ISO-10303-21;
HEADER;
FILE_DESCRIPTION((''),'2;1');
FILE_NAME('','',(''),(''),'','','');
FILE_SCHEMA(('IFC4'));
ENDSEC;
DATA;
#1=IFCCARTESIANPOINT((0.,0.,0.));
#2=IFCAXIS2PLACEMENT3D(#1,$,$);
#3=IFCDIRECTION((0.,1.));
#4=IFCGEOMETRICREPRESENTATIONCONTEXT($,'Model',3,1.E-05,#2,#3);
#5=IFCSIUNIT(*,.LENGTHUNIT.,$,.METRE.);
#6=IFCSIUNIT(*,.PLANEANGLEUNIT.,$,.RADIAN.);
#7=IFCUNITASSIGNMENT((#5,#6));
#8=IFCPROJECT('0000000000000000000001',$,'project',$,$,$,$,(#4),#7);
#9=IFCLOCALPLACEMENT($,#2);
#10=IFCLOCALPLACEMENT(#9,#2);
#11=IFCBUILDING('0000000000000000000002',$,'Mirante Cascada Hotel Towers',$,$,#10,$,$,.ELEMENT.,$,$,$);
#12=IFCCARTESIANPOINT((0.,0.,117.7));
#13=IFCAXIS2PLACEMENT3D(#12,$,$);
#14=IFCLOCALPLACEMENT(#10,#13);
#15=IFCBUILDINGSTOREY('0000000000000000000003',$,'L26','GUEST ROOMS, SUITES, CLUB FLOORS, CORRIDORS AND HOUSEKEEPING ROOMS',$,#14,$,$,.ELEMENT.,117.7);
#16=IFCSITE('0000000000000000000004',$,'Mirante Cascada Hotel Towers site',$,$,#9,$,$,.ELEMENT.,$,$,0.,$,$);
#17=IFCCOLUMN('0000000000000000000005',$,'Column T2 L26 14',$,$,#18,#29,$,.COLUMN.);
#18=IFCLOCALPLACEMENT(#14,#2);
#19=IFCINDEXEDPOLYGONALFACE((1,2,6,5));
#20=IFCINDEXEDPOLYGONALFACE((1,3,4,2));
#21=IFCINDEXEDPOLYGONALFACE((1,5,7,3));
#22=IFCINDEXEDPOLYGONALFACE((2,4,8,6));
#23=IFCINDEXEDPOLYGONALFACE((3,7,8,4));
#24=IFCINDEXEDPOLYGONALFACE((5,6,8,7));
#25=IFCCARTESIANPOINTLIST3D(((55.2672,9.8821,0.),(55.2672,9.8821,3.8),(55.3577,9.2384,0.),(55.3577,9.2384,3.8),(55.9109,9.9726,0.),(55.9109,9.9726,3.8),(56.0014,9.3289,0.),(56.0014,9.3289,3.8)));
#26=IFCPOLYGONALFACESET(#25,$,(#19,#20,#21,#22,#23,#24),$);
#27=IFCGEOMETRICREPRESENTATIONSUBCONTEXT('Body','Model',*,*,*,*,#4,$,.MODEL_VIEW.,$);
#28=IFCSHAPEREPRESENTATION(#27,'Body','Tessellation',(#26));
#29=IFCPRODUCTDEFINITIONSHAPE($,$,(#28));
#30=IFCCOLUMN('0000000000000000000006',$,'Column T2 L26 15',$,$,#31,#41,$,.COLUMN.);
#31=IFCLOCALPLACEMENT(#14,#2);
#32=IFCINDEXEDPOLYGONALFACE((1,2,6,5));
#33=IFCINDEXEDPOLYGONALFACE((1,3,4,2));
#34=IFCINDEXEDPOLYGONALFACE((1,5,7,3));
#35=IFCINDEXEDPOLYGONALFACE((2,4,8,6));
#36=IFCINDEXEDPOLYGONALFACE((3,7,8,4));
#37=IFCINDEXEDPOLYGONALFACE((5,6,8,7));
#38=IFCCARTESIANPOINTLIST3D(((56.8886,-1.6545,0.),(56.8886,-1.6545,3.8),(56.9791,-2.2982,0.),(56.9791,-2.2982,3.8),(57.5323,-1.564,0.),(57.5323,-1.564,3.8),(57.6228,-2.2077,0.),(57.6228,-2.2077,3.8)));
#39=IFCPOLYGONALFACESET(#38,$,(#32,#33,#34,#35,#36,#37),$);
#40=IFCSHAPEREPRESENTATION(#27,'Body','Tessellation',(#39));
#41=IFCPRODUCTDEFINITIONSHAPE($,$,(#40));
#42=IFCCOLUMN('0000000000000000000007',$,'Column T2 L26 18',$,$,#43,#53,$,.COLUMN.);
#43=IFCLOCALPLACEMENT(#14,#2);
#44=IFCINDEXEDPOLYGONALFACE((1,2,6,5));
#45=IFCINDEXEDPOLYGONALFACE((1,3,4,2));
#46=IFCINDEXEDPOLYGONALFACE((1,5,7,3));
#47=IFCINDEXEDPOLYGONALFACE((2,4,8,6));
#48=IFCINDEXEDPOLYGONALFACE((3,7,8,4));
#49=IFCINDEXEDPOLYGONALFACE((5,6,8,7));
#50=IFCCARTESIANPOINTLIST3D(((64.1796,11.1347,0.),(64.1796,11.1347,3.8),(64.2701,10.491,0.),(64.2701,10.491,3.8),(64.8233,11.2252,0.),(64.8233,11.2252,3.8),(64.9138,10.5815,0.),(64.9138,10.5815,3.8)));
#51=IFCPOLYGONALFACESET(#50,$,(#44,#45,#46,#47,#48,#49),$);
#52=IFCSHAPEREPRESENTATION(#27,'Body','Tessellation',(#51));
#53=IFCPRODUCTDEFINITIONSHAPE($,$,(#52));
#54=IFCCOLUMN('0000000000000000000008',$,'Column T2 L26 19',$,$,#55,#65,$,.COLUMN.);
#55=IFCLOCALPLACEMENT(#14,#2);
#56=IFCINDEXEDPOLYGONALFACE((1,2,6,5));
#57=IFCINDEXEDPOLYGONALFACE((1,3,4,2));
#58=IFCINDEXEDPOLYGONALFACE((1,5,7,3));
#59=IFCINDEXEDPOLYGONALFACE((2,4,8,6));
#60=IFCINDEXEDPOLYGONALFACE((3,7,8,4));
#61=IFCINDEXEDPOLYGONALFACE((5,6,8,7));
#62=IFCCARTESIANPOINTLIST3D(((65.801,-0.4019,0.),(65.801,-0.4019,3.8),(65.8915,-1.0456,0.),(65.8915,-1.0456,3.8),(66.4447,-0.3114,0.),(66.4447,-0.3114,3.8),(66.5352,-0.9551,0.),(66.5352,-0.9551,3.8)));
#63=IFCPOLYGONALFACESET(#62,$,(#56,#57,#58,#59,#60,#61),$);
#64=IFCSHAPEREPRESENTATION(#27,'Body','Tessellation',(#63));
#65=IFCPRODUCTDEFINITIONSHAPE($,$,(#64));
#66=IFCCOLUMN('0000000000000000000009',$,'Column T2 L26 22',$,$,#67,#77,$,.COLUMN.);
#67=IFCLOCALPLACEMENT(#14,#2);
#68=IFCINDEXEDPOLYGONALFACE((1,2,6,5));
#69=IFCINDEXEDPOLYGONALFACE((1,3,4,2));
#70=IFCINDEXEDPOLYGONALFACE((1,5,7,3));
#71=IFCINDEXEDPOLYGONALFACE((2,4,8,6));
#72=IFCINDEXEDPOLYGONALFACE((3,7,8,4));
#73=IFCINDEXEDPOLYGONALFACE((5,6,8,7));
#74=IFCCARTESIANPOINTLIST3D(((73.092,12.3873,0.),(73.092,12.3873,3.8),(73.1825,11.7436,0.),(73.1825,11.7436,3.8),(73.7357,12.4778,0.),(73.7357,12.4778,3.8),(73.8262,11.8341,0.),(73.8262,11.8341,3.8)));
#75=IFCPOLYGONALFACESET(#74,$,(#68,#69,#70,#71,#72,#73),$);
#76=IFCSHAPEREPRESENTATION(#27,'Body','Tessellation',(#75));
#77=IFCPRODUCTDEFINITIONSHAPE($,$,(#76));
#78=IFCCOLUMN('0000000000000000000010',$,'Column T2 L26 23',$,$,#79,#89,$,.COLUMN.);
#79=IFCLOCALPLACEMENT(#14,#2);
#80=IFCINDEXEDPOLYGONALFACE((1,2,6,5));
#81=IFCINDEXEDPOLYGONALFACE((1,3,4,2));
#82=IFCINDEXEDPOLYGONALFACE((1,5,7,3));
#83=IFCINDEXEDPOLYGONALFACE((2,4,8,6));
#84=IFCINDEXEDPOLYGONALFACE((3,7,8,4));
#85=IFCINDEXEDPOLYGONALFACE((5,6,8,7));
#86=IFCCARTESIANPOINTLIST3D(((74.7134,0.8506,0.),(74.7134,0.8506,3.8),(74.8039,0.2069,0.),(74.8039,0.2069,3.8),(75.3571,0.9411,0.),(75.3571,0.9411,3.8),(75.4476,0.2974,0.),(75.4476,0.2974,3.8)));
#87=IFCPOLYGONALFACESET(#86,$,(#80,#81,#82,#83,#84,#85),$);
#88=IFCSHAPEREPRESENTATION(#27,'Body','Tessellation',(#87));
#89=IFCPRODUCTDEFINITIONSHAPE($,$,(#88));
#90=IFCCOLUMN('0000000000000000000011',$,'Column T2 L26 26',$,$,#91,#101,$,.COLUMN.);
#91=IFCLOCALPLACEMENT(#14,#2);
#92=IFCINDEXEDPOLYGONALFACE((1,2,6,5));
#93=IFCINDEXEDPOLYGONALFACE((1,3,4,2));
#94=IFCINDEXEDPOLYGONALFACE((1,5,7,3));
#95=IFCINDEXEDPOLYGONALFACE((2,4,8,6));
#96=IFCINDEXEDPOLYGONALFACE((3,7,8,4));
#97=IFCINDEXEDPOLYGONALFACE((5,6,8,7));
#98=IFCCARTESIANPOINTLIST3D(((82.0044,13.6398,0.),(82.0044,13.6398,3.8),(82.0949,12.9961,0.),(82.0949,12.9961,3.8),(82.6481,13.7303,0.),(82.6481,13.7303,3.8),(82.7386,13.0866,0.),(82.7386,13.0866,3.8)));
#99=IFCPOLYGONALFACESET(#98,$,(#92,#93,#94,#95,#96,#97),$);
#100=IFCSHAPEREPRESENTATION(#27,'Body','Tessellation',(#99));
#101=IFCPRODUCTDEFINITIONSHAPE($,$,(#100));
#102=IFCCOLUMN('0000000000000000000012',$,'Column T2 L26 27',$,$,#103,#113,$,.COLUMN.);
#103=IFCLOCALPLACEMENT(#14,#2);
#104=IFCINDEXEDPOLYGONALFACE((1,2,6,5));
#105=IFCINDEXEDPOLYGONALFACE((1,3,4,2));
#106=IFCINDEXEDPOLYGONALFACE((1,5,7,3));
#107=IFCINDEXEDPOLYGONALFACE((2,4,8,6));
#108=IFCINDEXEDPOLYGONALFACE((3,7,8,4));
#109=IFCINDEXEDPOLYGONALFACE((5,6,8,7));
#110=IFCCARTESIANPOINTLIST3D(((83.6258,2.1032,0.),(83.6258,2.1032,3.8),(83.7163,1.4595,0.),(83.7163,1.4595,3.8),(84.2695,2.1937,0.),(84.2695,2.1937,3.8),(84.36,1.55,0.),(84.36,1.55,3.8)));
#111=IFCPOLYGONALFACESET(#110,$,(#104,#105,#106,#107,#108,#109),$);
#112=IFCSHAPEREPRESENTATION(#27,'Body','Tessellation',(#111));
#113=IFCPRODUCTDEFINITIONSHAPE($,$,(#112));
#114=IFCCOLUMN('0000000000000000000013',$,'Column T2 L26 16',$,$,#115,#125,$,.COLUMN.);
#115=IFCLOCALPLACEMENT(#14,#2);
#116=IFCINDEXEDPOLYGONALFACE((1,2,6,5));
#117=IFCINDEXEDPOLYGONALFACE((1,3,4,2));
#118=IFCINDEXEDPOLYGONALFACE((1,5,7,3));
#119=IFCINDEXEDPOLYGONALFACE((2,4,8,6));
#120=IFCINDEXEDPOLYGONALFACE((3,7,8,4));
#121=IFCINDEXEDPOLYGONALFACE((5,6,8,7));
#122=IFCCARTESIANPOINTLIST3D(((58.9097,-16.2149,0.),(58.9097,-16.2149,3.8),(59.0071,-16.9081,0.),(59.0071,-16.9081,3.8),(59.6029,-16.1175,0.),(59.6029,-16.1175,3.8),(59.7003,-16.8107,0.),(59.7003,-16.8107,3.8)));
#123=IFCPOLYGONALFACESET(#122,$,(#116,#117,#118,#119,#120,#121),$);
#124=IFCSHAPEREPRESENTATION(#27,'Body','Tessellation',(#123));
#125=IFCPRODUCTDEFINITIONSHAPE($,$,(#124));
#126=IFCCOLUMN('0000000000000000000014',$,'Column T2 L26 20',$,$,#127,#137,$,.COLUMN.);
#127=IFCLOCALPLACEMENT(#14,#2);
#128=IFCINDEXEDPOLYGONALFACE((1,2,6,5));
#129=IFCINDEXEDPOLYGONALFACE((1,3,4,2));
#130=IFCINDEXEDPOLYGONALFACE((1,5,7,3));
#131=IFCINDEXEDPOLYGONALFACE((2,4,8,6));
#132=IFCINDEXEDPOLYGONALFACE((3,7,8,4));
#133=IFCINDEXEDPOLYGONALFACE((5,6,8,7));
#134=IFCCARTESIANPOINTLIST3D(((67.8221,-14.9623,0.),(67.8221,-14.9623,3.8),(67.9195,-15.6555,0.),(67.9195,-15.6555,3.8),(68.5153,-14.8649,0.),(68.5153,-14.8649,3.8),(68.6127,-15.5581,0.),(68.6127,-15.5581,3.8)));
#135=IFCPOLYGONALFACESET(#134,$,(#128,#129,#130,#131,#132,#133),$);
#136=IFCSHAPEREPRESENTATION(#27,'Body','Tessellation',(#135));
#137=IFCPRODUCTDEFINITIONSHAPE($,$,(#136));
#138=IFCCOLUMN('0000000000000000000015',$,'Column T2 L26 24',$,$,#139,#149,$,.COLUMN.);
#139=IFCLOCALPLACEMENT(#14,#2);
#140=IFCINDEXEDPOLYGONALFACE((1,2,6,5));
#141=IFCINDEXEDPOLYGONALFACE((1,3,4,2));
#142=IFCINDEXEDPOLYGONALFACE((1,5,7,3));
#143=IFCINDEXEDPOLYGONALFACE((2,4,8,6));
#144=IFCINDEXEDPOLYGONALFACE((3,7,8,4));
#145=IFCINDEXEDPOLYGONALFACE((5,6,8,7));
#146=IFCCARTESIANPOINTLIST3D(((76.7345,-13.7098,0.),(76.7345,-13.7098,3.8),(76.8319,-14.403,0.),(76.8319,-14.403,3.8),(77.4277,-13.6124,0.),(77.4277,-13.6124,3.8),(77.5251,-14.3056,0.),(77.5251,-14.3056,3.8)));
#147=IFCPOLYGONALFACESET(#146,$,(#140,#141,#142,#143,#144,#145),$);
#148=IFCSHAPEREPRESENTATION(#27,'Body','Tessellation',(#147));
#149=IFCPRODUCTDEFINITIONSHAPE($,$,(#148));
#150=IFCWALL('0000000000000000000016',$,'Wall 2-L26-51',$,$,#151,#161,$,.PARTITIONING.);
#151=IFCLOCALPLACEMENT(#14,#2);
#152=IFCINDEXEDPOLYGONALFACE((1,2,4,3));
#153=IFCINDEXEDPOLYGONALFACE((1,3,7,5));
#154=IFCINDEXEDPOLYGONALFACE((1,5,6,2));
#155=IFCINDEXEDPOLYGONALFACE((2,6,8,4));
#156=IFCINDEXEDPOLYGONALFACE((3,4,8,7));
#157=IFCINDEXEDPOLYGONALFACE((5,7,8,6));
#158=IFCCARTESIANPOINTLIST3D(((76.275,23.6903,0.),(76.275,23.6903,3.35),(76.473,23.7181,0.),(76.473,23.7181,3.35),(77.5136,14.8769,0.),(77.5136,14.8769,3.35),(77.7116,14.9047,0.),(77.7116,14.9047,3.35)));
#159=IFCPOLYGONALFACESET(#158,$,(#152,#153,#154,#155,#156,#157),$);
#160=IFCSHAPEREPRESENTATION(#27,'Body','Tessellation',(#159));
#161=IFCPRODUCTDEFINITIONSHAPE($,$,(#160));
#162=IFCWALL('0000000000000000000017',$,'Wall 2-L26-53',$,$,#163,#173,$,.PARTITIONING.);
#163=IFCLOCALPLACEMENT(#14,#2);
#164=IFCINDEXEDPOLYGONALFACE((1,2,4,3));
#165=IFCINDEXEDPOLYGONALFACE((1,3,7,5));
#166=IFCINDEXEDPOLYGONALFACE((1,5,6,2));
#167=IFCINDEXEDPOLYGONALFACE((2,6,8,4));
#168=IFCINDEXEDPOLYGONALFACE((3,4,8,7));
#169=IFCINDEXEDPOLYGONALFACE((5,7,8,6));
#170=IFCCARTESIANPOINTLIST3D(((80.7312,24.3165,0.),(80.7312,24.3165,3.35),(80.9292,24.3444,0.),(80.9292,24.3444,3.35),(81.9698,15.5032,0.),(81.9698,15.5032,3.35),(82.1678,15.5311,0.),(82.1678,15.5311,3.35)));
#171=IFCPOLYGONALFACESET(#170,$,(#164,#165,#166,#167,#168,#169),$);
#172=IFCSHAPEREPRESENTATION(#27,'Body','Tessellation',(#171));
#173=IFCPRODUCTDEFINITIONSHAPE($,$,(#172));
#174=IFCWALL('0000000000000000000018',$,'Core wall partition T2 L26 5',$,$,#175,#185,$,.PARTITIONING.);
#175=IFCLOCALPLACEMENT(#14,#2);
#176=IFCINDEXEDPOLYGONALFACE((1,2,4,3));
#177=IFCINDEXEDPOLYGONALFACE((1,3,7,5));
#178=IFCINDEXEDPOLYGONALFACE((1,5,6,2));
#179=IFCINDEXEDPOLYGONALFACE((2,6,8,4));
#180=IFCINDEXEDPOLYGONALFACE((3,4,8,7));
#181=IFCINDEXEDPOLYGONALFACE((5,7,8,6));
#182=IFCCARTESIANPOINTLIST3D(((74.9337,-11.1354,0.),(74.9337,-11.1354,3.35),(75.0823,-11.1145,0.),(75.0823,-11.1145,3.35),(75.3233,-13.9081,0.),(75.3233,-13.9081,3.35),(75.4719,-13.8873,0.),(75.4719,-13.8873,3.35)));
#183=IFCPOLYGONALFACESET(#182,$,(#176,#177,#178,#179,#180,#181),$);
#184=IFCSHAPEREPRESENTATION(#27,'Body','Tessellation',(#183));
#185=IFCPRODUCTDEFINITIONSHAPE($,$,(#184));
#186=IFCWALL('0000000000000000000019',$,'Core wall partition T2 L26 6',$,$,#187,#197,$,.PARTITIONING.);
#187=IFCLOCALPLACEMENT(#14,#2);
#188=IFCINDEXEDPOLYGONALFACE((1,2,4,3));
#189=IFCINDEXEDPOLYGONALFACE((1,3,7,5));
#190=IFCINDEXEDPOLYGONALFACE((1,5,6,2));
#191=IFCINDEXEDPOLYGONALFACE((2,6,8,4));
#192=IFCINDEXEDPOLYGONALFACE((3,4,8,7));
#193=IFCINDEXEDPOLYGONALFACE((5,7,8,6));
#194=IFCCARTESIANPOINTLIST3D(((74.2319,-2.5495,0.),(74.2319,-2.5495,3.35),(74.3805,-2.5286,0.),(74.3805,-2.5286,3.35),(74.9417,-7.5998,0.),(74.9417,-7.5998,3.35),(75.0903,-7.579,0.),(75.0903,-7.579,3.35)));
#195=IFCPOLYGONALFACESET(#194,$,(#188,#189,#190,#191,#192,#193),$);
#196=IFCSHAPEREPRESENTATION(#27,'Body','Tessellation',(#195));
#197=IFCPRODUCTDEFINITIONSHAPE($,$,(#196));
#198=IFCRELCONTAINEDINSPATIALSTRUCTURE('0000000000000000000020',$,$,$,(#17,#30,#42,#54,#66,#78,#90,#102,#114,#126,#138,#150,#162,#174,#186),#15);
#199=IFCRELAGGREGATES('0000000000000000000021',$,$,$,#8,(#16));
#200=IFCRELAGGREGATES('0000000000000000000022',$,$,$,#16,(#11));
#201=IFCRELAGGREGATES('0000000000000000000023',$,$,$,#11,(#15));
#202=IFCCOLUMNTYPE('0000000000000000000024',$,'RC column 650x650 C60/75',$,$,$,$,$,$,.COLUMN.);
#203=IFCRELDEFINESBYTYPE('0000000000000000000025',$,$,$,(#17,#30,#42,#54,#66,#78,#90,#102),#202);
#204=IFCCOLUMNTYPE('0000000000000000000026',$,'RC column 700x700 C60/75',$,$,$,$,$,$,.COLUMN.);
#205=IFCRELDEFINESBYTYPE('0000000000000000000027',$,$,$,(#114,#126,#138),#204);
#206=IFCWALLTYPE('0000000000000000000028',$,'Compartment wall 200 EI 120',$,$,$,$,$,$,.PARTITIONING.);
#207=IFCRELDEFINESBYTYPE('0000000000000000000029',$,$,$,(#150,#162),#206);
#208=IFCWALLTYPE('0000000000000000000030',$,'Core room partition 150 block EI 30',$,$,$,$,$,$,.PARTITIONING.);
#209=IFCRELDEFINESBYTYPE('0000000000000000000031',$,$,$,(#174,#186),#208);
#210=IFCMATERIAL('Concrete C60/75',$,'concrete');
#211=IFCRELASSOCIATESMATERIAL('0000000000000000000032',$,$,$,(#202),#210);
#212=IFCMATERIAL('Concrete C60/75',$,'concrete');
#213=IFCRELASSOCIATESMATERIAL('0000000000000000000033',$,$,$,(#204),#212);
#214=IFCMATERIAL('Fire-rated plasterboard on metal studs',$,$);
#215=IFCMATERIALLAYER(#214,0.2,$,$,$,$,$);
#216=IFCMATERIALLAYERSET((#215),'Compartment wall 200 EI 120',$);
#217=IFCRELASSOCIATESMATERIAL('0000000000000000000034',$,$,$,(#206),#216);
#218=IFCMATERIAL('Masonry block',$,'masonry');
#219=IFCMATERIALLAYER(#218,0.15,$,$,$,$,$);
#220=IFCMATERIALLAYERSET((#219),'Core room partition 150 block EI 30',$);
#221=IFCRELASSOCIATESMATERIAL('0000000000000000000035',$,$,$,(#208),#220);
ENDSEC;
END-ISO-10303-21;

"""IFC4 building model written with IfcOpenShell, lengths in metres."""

from ifc_helpers import new_model, si_unit, direction, frame, frame_2d, origin, origin_2d, place, context, subcontext, project, spatial, rectangle, extrude, material, layer, layer_set, material_profile, profile_set, type_object, element, save


model = new_model("IFC4")

# Units and contexts
model_context = context("Model", 3, precision=1e-05, world=origin(), true_north=direction((0.0, 1.0)))
body_context = subcontext(model_context, "Body", "Model", "MODEL_VIEW")
ifc_project = project(units=[si_unit("LENGTHUNIT", "METRE"), si_unit("PLANEANGLEUNIT", "RADIAN")], contexts=[model_context])

# Site, building, storey
site_placement = place(None, origin())
site = spatial("IfcSite", under=ifc_project, at=site_placement, Name="Mirante Cascada Hotel Towers site", CompositionType="ELEMENT", RefElevation=0.0)
building_placement = place(site_placement, origin())
building = spatial("IfcBuilding", under=site, at=building_placement, Name="Mirante Cascada Hotel Towers", CompositionType="ELEMENT")
storey_placement = place(building_placement, frame((0.0, 0.0, 117.7)))
storey = spatial("IfcBuildingStorey", under=building, at=storey_placement, Name="L26", Description="GUEST ROOMS, SUITES, CLUB FLOORS, CORRIDORS AND HOUSEKEEPING ROOMS", CompositionType="ELEMENT", Elevation=117.7)

# Columns
ifc_material_1 = material(Name="Concrete C60/75", Category="concrete")
ifc_material_profile_1 = material_profile(ifc_material_1, rectangle(XDim=0.65, YDim=0.65, at=origin_2d()), Name="RC column 650x650 C60/75")
ifc_profile_set_1 = profile_set([ifc_material_profile_1], Name="Concrete C60/75")
column_type_1 = type_object("IfcColumnType", Name="RC column 650x650 C60/75", PredefinedType="COLUMN", material=ifc_profile_set_1)
for number, where, z_axis, x_axis, name in (
    (1, (55.6343, 9.6055, 0.0), (0.0, 0.0, 1.0), (0.990268, 0.139173, 0.0), "Column T2 L26 14"),
    (2, (57.2557, -1.9311, 0.0), (0.0, 0.0, 1.0), (0.990268, 0.139173, 0.0), "Column T2 L26 15"),
    (3, (64.5467, 10.8581, 0.0), (0.0, 0.0, 1.0), (0.990268, 0.139173, 0.0), "Column T2 L26 18"),
    (4, (66.1681, -0.6785, 0.0), (0.0, 0.0, 1.0), (0.990268, 0.139173, 0.0), "Column T2 L26 19"),
    (5, (73.4591, 12.1107, 0.0), (0.0, 0.0, 1.0), (0.990268, 0.139173, 0.0), "Column T2 L26 22"),
    (6, (75.0805, 0.574, 0.0), (0.0, 0.0, 1.0), (0.990268, 0.139173, 0.0), "Column T2 L26 23"),
    (7, (82.3715, 13.3632, 0.0), (0.0, 0.0, 1.0), (0.990268, 0.139173, 0.0), "Column T2 L26 26"),
    (8, (83.9929, 1.8266, 0.0), (0.0, 0.0, 1.0), (0.990268, 0.139173, 0.0), "Column T2 L26 27"),
):
    element("IfcColumn", number, at=place(storey_placement, frame(where, z_axis=z_axis, x_axis=x_axis)), inside=storey, type_object=column_type_1, Name=name, PredefinedType="COLUMN", context=body_context, shape_type="SweptSolid", body=[
        extrude(rectangle(XDim=0.65, YDim=0.65, at=origin_2d()), origin(), (0.0, 0.0, 1.0), 3.8),
    ])
ifc_material_2 = material(Name="Concrete C60/75", Category="concrete")
ifc_material_profile_2 = material_profile(ifc_material_2, rectangle(XDim=0.7, YDim=0.7, at=origin_2d()), Name="RC column 700x700 C60/75")
ifc_profile_set_2 = profile_set([ifc_material_profile_2], Name="Concrete C60/75")
column_type_2 = type_object("IfcColumnType", Name="RC column 700x700 C60/75", PredefinedType="COLUMN", material=ifc_profile_set_2)
for number, where, z_axis, x_axis, name in (
    (9, (59.305, -16.5128, 0.0), (0.0, 0.0, 1.0), (0.990268, 0.139173, 0.0), "Column T2 L26 16"),
    (10, (68.2174, -15.2602, 0.0), (0.0, 0.0, 1.0), (0.990268, 0.139173, 0.0), "Column T2 L26 20"),
    (11, (77.1298, -14.0077, 0.0), (0.0, 0.0, 1.0), (0.990268, 0.139173, 0.0), "Column T2 L26 24"),
):
    element("IfcColumn", number, at=place(storey_placement, frame(where, z_axis=z_axis, x_axis=x_axis)), inside=storey, type_object=column_type_2, Name=name, PredefinedType="COLUMN", context=body_context, shape_type="SweptSolid", body=[
        extrude(rectangle(XDim=0.7, YDim=0.7, at=origin_2d()), origin(), (0.0, 0.0, 1.0), 3.8),
    ])

# Walls
ifc_material_3 = material(Name="Fire-rated plasterboard on metal studs")
ifc_layer_1 = layer(ifc_material_3, 0.2)
ifc_layer_set_1 = layer_set([ifc_layer_1], Name="Compartment wall 200 EI 120")
wall_type_1 = type_object("IfcWallType", Name="Compartment wall 200 EI 120", PredefinedType="PARTITIONING", material=ifc_layer_set_1)
wall_1_placement = place(storey_placement, frame((77.6126, 14.8908, 0.0), z_axis=(0.0, 0.0, 1.0), x_axis=(-0.139168, 0.990269, 0.0)))
element("IfcWall", 12, at=wall_1_placement, inside=storey, type_object=wall_type_1, Name="Wall 2-L26-51", PredefinedType="PARTITIONING", context=body_context, shape_type="SweptSolid", body=[
    extrude(rectangle(XDim=8.9, YDim=0.2, at=frame_2d((4.45, 0.0))), origin(), (0.0, 0.0, 1.0), 3.35),
])
wall_2_placement = place(storey_placement, frame((82.0688, 15.5171, 0.0), z_axis=(0.0, 0.0, 1.0), x_axis=(-0.13917, 0.990268, 0.0)))
element("IfcWall", 13, at=wall_2_placement, inside=storey, type_object=wall_type_1, Name="Wall 2-L26-53", PredefinedType="PARTITIONING", context=body_context, shape_type="SweptSolid", body=[
    extrude(rectangle(XDim=8.8999, YDim=0.2, at=frame_2d((4.45, 0.0))), origin(), (0.0, 0.0, 1.0), 3.35),
])
ifc_material_4 = material(Name="Masonry block", Category="masonry")
ifc_layer_2 = layer(ifc_material_4, 0.15)
ifc_layer_set_2 = layer_set([ifc_layer_2], Name="Core room partition 150 block EI 30")
wall_type_2 = type_object("IfcWallType", Name="Core room partition 150 block EI 30", PredefinedType="PARTITIONING", material=ifc_layer_set_2)
wall_3_placement = place(storey_placement, frame((75.3976, -13.8977, 0.0), z_axis=(0.0, 0.0, 1.0), x_axis=(-0.139141, 0.990273, 0.0)))
element("IfcWall", 14, at=wall_3_placement, inside=storey, type_object=wall_type_2, Name="Core wall partition T2 L26 5", PredefinedType="PARTITIONING", context=body_context, shape_type="SweptSolid", body=[
    extrude(rectangle(XDim=2.8, YDim=0.15, at=frame_2d((1.4, 0.0))), origin(), (0.0, 0.0, 1.0), 3.35),
])
wall_4_placement = place(storey_placement, frame((75.016, -7.5894, 0.0), z_axis=(0.0, 0.0, 1.0), x_axis=(-0.139176, 0.990268, 0.0)))
element("IfcWall", 15, at=wall_4_placement, inside=storey, type_object=wall_type_2, Name="Core wall partition T2 L26 6", PredefinedType="PARTITIONING", context=body_context, shape_type="SweptSolid", body=[
    extrude(rectangle(XDim=5.1, YDim=0.15, at=frame_2d((2.55, 0.0))), origin(), (0.0, 0.0, 1.0), 3.35),
])

save(model, "model.ifc")
